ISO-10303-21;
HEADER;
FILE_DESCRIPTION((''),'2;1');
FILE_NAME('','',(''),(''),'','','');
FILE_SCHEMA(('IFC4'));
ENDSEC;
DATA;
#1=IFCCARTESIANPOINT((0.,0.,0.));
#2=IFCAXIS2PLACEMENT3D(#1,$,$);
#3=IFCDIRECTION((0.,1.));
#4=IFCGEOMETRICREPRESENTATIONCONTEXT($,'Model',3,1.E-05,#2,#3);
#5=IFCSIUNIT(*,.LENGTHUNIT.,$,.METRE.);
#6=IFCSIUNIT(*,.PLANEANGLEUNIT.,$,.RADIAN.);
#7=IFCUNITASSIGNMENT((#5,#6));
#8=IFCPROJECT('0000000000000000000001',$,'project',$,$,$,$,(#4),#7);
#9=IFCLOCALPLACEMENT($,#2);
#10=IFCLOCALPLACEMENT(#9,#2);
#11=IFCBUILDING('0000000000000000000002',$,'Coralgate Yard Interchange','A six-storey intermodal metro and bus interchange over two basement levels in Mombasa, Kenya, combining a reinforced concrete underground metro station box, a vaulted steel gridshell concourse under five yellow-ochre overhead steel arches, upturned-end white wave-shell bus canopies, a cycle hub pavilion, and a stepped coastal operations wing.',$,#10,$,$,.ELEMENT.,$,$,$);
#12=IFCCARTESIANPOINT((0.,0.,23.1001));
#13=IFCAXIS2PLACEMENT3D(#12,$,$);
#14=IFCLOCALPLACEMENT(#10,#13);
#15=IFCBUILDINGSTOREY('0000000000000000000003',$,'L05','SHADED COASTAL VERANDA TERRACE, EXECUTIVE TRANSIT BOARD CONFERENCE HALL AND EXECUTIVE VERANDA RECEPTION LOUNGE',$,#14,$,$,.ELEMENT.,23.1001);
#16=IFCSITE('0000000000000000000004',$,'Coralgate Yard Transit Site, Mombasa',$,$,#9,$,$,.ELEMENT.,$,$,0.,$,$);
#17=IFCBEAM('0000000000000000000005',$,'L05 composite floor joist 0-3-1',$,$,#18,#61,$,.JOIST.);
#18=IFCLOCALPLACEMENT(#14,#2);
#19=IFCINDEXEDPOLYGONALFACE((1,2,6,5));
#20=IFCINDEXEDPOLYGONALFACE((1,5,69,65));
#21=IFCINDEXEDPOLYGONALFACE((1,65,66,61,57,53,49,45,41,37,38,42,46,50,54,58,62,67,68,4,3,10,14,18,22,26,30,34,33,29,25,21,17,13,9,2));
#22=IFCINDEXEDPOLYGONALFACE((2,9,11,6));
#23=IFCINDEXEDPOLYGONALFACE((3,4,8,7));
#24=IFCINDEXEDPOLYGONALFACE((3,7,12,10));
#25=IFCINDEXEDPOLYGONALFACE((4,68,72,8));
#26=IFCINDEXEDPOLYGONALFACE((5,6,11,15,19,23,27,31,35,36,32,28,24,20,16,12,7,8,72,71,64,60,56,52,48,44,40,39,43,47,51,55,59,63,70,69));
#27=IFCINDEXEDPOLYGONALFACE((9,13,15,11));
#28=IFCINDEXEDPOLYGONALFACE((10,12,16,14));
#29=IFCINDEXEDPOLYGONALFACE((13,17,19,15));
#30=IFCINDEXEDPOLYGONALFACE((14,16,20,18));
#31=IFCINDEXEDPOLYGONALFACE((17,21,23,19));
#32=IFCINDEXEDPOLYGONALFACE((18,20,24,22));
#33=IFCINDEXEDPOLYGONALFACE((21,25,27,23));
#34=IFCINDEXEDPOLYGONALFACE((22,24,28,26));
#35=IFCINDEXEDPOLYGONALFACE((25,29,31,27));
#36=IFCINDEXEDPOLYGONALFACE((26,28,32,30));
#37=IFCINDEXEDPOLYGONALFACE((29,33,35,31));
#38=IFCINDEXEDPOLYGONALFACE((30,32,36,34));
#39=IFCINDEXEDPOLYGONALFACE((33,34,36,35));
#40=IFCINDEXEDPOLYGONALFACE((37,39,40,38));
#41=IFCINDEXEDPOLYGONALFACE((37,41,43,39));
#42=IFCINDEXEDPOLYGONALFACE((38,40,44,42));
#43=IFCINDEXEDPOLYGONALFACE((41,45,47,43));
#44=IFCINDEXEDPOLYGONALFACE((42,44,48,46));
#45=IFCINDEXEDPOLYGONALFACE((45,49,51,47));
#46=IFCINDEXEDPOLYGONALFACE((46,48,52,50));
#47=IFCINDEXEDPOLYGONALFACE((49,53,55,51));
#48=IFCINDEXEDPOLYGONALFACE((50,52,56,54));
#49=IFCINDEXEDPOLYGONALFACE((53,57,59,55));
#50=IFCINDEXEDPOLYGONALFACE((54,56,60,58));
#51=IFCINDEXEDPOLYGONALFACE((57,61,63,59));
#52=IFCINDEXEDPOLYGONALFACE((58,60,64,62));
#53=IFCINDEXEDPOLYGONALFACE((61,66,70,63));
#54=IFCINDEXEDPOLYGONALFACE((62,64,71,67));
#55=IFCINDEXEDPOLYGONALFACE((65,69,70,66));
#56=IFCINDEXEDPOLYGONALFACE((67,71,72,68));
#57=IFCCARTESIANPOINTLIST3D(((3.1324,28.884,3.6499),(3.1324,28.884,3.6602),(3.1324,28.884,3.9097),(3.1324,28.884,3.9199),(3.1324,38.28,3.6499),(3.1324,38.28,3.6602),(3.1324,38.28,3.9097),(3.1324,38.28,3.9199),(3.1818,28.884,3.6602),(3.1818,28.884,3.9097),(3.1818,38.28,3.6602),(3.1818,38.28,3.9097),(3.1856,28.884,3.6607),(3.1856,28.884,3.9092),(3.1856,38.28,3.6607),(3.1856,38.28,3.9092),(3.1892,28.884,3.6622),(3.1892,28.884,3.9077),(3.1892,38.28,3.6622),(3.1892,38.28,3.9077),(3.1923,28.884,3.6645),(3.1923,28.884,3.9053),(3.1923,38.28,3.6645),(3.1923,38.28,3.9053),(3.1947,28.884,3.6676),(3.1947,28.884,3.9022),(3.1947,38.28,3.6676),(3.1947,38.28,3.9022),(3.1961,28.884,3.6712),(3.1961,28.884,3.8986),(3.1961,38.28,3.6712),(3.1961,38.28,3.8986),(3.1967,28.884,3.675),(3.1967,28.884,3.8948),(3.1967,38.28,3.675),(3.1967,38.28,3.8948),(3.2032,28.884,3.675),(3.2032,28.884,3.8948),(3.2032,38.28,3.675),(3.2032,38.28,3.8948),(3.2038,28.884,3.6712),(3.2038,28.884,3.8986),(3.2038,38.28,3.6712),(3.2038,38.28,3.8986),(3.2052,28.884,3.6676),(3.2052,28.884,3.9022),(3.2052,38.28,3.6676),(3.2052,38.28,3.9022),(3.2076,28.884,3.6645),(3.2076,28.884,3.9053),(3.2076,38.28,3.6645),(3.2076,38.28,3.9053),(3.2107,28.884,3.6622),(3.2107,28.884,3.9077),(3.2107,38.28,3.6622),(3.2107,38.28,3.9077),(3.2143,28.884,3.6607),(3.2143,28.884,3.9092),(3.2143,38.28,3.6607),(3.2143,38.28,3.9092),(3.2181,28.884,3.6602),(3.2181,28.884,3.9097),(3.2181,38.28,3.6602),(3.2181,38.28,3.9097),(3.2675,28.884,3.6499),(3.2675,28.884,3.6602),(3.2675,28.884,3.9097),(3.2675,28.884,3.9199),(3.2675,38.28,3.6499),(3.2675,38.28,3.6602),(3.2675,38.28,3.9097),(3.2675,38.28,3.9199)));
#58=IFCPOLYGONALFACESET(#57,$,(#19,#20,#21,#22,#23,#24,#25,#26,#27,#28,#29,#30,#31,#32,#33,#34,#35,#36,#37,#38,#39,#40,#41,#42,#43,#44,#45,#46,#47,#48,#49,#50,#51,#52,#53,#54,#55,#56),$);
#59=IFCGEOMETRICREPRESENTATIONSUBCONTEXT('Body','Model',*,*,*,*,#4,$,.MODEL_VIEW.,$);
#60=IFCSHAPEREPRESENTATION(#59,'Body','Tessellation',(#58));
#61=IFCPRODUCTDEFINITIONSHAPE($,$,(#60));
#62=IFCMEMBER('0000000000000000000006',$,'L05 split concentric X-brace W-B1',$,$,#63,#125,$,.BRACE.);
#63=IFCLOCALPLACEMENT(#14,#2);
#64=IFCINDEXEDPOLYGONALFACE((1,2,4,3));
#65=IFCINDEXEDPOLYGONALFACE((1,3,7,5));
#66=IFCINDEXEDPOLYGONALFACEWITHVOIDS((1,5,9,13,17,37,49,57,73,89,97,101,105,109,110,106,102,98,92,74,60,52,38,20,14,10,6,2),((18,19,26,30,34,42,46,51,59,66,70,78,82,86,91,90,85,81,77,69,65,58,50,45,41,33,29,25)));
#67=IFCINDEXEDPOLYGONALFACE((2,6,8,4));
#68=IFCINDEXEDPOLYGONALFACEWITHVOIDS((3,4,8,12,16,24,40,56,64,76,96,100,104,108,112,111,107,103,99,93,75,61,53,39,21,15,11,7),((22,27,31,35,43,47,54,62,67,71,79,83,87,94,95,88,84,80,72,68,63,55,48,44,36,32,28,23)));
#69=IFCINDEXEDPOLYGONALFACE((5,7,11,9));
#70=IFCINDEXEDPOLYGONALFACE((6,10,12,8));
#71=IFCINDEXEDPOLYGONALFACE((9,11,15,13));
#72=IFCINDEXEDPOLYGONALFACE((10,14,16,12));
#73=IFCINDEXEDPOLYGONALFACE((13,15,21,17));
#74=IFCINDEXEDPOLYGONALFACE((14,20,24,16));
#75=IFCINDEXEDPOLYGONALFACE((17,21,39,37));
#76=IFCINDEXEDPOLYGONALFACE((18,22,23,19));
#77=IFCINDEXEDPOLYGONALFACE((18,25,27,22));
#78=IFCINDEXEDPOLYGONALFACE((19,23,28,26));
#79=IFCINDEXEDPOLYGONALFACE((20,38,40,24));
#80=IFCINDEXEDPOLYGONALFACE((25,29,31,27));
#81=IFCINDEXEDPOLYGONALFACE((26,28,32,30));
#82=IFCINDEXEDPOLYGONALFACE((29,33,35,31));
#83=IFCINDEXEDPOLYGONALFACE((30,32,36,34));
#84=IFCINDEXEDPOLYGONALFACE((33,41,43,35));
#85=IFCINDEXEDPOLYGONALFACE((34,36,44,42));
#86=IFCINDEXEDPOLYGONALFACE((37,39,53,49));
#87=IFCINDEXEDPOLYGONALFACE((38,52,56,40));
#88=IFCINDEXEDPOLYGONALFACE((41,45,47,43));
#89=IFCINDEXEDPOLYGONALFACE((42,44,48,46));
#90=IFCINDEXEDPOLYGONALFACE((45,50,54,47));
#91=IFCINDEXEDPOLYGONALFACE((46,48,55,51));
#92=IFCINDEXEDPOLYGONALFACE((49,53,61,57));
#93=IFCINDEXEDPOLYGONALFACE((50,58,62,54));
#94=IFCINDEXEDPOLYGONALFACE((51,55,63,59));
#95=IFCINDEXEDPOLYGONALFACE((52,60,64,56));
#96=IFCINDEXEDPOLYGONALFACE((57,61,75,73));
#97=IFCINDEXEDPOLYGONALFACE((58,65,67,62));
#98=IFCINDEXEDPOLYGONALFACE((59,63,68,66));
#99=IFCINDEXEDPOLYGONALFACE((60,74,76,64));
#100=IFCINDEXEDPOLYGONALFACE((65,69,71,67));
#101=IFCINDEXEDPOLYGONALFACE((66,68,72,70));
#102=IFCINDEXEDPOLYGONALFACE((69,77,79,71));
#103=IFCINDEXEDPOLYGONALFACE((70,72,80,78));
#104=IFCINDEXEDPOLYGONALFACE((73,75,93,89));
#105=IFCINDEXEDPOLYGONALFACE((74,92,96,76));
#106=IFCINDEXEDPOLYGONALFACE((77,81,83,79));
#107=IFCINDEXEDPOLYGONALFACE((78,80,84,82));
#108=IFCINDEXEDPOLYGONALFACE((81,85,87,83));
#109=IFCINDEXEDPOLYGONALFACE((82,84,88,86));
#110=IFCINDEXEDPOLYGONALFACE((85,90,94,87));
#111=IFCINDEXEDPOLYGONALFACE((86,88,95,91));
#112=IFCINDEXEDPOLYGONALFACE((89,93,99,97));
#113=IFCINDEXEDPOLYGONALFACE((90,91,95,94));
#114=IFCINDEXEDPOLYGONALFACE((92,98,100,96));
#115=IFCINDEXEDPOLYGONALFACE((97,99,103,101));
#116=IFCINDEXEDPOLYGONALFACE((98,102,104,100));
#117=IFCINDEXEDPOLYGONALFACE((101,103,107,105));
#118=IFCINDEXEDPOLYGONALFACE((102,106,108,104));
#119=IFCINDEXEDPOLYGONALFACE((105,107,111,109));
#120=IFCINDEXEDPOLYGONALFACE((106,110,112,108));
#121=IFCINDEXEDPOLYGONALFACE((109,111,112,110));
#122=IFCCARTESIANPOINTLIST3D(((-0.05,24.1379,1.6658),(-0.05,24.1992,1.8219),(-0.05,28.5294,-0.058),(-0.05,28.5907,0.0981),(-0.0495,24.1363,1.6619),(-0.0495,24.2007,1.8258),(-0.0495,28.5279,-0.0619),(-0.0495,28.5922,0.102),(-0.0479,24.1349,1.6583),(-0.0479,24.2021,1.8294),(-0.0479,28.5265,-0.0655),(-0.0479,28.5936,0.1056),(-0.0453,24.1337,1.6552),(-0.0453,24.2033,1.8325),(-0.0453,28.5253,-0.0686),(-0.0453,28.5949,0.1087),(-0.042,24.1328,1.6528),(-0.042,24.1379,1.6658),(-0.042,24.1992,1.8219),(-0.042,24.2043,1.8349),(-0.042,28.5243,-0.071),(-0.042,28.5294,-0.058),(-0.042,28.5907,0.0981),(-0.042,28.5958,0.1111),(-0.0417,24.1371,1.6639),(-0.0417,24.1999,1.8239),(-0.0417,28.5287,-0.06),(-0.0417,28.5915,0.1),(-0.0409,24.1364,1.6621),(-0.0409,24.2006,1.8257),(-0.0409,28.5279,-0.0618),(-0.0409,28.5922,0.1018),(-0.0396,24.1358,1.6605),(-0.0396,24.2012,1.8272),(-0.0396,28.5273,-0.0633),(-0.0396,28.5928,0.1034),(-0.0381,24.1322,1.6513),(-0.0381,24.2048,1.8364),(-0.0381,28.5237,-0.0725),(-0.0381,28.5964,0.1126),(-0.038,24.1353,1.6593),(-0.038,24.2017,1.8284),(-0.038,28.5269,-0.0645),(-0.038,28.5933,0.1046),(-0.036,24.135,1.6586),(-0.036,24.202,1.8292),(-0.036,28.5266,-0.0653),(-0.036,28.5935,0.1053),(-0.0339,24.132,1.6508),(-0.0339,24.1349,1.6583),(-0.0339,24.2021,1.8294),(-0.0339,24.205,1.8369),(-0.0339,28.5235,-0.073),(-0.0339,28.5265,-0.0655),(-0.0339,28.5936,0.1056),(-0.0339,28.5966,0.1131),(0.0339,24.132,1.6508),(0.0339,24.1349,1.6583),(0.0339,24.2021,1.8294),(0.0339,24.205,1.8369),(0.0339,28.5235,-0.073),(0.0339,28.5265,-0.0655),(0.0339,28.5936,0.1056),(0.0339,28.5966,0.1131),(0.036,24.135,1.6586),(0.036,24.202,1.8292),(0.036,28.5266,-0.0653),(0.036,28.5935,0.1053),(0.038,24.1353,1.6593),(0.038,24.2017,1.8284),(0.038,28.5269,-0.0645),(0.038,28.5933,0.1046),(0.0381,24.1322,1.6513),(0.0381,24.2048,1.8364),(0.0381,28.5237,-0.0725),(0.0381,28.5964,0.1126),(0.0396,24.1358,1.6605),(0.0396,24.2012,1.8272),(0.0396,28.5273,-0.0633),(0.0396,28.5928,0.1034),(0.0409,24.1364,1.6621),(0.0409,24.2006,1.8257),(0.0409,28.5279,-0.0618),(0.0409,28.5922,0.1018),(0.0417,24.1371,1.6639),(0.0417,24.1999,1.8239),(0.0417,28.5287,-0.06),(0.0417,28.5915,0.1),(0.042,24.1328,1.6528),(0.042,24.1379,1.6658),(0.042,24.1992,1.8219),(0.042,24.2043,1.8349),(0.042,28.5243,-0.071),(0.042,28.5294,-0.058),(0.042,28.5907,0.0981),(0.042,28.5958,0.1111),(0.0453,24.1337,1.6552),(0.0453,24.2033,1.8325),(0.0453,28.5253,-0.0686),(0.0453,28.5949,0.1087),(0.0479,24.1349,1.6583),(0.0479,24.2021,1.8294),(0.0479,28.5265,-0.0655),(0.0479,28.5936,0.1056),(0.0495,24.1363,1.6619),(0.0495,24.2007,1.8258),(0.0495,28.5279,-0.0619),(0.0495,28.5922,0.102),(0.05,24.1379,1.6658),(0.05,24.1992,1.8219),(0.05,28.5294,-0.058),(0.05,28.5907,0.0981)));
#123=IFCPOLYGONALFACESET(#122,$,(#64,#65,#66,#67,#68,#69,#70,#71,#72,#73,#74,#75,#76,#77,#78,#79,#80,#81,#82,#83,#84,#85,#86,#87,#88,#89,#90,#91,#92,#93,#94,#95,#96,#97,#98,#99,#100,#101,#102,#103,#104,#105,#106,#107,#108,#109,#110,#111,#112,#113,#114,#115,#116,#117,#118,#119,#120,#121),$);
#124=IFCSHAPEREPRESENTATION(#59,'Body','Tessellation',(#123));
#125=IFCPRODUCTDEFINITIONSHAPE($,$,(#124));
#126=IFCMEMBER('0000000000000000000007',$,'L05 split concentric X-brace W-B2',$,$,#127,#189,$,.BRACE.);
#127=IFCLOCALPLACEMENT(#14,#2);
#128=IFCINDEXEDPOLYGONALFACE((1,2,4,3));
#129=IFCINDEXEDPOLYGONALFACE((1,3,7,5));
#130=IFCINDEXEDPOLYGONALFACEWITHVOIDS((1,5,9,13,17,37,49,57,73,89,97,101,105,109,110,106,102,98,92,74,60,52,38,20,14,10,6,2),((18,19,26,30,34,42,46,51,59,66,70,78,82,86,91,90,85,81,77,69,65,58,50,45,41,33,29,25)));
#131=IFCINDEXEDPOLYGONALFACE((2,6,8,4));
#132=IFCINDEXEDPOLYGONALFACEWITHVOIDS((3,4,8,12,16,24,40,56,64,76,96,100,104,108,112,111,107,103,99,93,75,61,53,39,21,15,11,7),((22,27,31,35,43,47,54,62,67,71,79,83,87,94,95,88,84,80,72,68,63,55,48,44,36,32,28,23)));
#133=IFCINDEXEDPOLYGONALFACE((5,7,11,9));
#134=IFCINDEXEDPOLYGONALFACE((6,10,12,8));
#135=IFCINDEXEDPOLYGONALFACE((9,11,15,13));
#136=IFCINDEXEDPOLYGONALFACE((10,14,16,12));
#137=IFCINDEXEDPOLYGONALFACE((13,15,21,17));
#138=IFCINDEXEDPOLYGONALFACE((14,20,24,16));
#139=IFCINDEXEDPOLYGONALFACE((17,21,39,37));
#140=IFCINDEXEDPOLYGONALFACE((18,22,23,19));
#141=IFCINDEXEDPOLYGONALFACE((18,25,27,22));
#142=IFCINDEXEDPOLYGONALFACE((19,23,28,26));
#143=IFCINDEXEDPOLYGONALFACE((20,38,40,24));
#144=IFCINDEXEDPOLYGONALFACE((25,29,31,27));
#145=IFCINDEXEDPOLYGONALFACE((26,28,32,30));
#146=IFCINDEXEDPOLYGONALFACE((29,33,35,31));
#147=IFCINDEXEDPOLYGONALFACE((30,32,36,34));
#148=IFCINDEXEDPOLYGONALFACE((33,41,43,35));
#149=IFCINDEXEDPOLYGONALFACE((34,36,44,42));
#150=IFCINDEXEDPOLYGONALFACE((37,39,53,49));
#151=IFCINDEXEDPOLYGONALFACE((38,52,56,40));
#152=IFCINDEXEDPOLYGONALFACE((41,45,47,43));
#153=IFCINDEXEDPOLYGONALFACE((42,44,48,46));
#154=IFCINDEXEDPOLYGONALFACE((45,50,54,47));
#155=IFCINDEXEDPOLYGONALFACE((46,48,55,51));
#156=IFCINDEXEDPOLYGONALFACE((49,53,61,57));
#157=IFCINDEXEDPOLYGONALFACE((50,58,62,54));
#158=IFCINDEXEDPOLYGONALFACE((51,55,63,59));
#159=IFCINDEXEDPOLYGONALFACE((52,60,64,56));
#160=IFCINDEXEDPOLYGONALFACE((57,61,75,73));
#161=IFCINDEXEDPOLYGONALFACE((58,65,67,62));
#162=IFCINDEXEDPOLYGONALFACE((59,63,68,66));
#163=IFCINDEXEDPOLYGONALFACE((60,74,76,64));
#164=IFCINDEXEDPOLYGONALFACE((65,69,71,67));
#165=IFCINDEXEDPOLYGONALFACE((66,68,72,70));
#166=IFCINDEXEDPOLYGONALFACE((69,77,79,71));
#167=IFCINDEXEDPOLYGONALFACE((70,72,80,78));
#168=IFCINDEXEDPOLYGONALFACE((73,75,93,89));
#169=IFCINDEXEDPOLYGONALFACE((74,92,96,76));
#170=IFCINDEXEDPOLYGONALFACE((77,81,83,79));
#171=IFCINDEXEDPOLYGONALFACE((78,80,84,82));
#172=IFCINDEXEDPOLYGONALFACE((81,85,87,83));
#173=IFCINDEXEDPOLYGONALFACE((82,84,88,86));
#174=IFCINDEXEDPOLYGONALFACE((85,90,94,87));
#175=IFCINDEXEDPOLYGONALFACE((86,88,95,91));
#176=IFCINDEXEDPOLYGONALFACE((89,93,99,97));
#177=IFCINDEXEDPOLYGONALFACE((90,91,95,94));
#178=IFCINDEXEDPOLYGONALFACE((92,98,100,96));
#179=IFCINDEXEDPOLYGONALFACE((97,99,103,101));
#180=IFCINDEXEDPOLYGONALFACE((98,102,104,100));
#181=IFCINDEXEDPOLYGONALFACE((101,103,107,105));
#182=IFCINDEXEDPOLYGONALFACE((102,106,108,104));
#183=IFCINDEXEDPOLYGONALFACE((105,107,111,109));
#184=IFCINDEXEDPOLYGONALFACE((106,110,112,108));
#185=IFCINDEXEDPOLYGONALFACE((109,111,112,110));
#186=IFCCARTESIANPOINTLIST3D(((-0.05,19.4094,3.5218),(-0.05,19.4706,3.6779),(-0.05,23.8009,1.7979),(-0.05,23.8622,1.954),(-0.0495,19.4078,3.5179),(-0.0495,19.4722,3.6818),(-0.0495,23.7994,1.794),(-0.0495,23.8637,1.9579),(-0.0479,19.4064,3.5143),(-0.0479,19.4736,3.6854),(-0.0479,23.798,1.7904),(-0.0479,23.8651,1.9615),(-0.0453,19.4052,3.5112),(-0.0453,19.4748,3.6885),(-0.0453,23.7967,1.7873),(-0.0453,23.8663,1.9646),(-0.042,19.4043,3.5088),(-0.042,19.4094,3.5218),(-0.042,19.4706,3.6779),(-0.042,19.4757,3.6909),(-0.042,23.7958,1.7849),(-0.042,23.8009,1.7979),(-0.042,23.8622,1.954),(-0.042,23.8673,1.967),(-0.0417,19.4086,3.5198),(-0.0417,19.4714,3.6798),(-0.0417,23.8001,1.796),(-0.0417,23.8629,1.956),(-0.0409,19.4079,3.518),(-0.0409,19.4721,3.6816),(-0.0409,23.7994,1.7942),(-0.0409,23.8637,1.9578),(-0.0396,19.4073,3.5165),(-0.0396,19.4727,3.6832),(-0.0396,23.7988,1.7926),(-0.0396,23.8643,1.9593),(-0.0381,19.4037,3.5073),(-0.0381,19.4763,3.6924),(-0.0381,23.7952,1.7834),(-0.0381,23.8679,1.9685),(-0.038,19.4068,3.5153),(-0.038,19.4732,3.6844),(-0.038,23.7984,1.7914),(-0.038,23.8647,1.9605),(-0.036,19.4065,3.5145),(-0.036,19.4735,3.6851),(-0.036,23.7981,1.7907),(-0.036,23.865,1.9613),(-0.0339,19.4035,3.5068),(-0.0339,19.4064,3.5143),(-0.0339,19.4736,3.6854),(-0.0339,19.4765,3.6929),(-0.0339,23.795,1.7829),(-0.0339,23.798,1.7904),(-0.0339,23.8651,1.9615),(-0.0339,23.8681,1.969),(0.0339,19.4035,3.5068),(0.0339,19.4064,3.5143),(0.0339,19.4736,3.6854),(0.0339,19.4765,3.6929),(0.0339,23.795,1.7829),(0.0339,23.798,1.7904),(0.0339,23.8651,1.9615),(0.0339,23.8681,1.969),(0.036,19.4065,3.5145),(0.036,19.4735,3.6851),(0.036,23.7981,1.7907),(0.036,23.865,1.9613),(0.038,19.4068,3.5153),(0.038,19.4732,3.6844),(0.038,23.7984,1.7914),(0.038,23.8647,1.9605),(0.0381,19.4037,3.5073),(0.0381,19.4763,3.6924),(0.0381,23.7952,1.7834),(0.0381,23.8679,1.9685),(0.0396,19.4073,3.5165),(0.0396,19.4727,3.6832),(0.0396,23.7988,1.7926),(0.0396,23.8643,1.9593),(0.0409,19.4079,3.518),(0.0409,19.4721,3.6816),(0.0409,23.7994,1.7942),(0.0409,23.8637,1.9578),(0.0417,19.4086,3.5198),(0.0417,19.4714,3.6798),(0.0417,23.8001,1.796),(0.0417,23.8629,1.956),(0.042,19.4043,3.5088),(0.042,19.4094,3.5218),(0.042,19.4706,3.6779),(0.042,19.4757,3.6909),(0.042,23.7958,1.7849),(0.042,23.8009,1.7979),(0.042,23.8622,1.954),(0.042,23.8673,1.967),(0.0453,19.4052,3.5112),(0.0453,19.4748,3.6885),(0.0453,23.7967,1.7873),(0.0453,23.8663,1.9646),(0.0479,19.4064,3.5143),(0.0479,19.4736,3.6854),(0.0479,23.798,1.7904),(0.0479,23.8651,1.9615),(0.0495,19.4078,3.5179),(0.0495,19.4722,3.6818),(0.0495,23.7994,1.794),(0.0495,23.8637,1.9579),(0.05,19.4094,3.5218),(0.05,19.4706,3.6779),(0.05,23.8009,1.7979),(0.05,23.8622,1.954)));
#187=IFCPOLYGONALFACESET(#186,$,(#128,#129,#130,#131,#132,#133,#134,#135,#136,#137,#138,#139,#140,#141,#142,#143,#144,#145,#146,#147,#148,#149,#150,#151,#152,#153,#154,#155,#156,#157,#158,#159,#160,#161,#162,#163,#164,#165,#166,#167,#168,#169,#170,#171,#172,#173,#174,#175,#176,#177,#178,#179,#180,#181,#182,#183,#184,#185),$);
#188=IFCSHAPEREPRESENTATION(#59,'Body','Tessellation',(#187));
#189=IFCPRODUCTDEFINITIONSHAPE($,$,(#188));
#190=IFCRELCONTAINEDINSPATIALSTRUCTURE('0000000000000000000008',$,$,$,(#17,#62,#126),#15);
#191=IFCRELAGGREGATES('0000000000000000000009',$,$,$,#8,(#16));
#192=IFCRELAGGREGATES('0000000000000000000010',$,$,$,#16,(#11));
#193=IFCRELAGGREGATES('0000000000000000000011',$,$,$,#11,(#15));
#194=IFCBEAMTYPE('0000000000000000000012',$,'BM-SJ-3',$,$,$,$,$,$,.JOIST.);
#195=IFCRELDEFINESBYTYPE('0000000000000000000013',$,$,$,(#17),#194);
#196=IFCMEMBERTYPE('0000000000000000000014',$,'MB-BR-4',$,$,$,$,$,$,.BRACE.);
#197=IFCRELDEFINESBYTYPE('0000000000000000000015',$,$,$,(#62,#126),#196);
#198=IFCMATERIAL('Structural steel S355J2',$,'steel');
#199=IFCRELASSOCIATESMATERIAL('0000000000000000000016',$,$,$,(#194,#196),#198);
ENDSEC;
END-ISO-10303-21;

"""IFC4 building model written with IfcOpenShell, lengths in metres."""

from ifc_helpers import new_model, si_unit, direction, frame, origin, origin_2d, place, context, subcontext, project, spatial, hollow_rectangle, i_section, extrude, material, material_profile, profile_set, type_object, element, save


model = new_model("IFC4")

# Units and contexts
model_context = context("Model", 3, precision=1e-05, world=origin(), true_north=direction((0.0, 1.0)))
body_context = subcontext(model_context, "Body", "Model", "MODEL_VIEW")
ifc_project = project(units=[si_unit("LENGTHUNIT", "METRE"), si_unit("PLANEANGLEUNIT", "RADIAN")], contexts=[model_context])

# Site, building, storey
site_placement = place(None, origin())
site = spatial("IfcSite", under=ifc_project, at=site_placement, Name="Coralgate Yard Transit Site, Mombasa", CompositionType="ELEMENT", RefElevation=0.0)
building_placement = place(site_placement, origin())
building = spatial("IfcBuilding", under=site, at=building_placement, Name="Coralgate Yard Interchange", Description="A six-storey intermodal metro and bus interchange over two basement levels in Mombasa, Kenya, combining a reinforced concrete underground metro station box, a vaulted steel gridshell concourse under five yellow-ochre overhead steel arches, upturned-end white wave-shell bus canopies, a cycle hub pavilion, and a stepped coastal operations wing.", CompositionType="ELEMENT")
storey_placement = place(building_placement, frame((0.0, 0.0, 23.1001)))
storey = spatial("IfcBuildingStorey", under=building, at=storey_placement, Name="L05", Description="SHADED COASTAL VERANDA TERRACE, EXECUTIVE TRANSIT BOARD CONFERENCE HALL AND EXECUTIVE VERANDA RECEPTION LOUNGE", CompositionType="ELEMENT", Elevation=23.1001)

# Shared definitions
ifc_material_1 = material(Name="Structural steel S355J2", Category="steel")

# Beam
ifc_material_profile_1 = material_profile(ifc_material_1, i_section(OverallWidth=0.135, OverallDepth=0.27, WebThickness=0.0066, FlangeThickness=0.0103, FilletRadius=0.0149, at=origin_2d()), Name="IPE 270")
ifc_profile_set_1 = profile_set([ifc_material_profile_1], Name="Structural steel S355J2")
beam_type_1 = type_object("IfcBeamType", Name="BM-SJ-3", PredefinedType="JOIST", material=ifc_profile_set_1)
beam_1_placement = place(storey_placement, frame((3.2, 28.884, 3.7849), z_axis=(0.0, 1.0, 0.0), x_axis=(-1.0, 0.0, 0.0)))
element("IfcBeam", 1, at=beam_1_placement, inside=storey, type_object=beam_type_1, Name="L05 composite floor joist 0-3-1", PredefinedType="JOIST", context=body_context, shape_type="SweptSolid", body=[
    extrude(i_section(OverallWidth=0.135, OverallDepth=0.27, WebThickness=0.0066, FlangeThickness=0.0103, FilletRadius=0.0149, at=origin_2d()), origin(), (0.0, 0.0, 1.0), 9.396),
])

# Members
ifc_material_profile_2 = material_profile(ifc_material_1, hollow_rectangle(XDim=0.1001, YDim=0.2, WallThickness=0.0081, InnerFilletRadius=0.0081, OuterFilletRadius=0.0161, at=origin_2d()), Name="RHS 200x100x8")
ifc_profile_set_2 = profile_set([ifc_material_profile_2], Name="Structural steel S355J2")
member_type_1 = type_object("IfcMemberType", Name="MB-BR-4", PredefinedType="BRACE", material=ifc_profile_set_2)
for number, where, z_axis, x_axis, name in (
    (2, (0.0, 28.5601, 0.02), (0.0, -0.930852, 0.365396), (1.0, 0.0, 0.0), "L05 split concentric X-brace W-B1"),
    (3, (0.0, 23.8315, 1.876), (0.0, -0.930852, 0.365396), (1.0, 0.0, 0.0), "L05 split concentric X-brace W-B2"),
):
    element("IfcMember", number, at=place(storey_placement, frame(where, z_axis=z_axis, x_axis=x_axis)), inside=storey, type_object=member_type_1, Name=name, PredefinedType="BRACE", context=body_context, shape_type="SweptSolid", body=[
        extrude(hollow_rectangle(XDim=0.1001, YDim=0.2, WallThickness=0.0081, InnerFilletRadius=0.0081, OuterFilletRadius=0.0161, at=origin_2d()), origin(), (0.0, 0.0, 1.0), 4.7178),
    ])

save(model, "model.ifc")
